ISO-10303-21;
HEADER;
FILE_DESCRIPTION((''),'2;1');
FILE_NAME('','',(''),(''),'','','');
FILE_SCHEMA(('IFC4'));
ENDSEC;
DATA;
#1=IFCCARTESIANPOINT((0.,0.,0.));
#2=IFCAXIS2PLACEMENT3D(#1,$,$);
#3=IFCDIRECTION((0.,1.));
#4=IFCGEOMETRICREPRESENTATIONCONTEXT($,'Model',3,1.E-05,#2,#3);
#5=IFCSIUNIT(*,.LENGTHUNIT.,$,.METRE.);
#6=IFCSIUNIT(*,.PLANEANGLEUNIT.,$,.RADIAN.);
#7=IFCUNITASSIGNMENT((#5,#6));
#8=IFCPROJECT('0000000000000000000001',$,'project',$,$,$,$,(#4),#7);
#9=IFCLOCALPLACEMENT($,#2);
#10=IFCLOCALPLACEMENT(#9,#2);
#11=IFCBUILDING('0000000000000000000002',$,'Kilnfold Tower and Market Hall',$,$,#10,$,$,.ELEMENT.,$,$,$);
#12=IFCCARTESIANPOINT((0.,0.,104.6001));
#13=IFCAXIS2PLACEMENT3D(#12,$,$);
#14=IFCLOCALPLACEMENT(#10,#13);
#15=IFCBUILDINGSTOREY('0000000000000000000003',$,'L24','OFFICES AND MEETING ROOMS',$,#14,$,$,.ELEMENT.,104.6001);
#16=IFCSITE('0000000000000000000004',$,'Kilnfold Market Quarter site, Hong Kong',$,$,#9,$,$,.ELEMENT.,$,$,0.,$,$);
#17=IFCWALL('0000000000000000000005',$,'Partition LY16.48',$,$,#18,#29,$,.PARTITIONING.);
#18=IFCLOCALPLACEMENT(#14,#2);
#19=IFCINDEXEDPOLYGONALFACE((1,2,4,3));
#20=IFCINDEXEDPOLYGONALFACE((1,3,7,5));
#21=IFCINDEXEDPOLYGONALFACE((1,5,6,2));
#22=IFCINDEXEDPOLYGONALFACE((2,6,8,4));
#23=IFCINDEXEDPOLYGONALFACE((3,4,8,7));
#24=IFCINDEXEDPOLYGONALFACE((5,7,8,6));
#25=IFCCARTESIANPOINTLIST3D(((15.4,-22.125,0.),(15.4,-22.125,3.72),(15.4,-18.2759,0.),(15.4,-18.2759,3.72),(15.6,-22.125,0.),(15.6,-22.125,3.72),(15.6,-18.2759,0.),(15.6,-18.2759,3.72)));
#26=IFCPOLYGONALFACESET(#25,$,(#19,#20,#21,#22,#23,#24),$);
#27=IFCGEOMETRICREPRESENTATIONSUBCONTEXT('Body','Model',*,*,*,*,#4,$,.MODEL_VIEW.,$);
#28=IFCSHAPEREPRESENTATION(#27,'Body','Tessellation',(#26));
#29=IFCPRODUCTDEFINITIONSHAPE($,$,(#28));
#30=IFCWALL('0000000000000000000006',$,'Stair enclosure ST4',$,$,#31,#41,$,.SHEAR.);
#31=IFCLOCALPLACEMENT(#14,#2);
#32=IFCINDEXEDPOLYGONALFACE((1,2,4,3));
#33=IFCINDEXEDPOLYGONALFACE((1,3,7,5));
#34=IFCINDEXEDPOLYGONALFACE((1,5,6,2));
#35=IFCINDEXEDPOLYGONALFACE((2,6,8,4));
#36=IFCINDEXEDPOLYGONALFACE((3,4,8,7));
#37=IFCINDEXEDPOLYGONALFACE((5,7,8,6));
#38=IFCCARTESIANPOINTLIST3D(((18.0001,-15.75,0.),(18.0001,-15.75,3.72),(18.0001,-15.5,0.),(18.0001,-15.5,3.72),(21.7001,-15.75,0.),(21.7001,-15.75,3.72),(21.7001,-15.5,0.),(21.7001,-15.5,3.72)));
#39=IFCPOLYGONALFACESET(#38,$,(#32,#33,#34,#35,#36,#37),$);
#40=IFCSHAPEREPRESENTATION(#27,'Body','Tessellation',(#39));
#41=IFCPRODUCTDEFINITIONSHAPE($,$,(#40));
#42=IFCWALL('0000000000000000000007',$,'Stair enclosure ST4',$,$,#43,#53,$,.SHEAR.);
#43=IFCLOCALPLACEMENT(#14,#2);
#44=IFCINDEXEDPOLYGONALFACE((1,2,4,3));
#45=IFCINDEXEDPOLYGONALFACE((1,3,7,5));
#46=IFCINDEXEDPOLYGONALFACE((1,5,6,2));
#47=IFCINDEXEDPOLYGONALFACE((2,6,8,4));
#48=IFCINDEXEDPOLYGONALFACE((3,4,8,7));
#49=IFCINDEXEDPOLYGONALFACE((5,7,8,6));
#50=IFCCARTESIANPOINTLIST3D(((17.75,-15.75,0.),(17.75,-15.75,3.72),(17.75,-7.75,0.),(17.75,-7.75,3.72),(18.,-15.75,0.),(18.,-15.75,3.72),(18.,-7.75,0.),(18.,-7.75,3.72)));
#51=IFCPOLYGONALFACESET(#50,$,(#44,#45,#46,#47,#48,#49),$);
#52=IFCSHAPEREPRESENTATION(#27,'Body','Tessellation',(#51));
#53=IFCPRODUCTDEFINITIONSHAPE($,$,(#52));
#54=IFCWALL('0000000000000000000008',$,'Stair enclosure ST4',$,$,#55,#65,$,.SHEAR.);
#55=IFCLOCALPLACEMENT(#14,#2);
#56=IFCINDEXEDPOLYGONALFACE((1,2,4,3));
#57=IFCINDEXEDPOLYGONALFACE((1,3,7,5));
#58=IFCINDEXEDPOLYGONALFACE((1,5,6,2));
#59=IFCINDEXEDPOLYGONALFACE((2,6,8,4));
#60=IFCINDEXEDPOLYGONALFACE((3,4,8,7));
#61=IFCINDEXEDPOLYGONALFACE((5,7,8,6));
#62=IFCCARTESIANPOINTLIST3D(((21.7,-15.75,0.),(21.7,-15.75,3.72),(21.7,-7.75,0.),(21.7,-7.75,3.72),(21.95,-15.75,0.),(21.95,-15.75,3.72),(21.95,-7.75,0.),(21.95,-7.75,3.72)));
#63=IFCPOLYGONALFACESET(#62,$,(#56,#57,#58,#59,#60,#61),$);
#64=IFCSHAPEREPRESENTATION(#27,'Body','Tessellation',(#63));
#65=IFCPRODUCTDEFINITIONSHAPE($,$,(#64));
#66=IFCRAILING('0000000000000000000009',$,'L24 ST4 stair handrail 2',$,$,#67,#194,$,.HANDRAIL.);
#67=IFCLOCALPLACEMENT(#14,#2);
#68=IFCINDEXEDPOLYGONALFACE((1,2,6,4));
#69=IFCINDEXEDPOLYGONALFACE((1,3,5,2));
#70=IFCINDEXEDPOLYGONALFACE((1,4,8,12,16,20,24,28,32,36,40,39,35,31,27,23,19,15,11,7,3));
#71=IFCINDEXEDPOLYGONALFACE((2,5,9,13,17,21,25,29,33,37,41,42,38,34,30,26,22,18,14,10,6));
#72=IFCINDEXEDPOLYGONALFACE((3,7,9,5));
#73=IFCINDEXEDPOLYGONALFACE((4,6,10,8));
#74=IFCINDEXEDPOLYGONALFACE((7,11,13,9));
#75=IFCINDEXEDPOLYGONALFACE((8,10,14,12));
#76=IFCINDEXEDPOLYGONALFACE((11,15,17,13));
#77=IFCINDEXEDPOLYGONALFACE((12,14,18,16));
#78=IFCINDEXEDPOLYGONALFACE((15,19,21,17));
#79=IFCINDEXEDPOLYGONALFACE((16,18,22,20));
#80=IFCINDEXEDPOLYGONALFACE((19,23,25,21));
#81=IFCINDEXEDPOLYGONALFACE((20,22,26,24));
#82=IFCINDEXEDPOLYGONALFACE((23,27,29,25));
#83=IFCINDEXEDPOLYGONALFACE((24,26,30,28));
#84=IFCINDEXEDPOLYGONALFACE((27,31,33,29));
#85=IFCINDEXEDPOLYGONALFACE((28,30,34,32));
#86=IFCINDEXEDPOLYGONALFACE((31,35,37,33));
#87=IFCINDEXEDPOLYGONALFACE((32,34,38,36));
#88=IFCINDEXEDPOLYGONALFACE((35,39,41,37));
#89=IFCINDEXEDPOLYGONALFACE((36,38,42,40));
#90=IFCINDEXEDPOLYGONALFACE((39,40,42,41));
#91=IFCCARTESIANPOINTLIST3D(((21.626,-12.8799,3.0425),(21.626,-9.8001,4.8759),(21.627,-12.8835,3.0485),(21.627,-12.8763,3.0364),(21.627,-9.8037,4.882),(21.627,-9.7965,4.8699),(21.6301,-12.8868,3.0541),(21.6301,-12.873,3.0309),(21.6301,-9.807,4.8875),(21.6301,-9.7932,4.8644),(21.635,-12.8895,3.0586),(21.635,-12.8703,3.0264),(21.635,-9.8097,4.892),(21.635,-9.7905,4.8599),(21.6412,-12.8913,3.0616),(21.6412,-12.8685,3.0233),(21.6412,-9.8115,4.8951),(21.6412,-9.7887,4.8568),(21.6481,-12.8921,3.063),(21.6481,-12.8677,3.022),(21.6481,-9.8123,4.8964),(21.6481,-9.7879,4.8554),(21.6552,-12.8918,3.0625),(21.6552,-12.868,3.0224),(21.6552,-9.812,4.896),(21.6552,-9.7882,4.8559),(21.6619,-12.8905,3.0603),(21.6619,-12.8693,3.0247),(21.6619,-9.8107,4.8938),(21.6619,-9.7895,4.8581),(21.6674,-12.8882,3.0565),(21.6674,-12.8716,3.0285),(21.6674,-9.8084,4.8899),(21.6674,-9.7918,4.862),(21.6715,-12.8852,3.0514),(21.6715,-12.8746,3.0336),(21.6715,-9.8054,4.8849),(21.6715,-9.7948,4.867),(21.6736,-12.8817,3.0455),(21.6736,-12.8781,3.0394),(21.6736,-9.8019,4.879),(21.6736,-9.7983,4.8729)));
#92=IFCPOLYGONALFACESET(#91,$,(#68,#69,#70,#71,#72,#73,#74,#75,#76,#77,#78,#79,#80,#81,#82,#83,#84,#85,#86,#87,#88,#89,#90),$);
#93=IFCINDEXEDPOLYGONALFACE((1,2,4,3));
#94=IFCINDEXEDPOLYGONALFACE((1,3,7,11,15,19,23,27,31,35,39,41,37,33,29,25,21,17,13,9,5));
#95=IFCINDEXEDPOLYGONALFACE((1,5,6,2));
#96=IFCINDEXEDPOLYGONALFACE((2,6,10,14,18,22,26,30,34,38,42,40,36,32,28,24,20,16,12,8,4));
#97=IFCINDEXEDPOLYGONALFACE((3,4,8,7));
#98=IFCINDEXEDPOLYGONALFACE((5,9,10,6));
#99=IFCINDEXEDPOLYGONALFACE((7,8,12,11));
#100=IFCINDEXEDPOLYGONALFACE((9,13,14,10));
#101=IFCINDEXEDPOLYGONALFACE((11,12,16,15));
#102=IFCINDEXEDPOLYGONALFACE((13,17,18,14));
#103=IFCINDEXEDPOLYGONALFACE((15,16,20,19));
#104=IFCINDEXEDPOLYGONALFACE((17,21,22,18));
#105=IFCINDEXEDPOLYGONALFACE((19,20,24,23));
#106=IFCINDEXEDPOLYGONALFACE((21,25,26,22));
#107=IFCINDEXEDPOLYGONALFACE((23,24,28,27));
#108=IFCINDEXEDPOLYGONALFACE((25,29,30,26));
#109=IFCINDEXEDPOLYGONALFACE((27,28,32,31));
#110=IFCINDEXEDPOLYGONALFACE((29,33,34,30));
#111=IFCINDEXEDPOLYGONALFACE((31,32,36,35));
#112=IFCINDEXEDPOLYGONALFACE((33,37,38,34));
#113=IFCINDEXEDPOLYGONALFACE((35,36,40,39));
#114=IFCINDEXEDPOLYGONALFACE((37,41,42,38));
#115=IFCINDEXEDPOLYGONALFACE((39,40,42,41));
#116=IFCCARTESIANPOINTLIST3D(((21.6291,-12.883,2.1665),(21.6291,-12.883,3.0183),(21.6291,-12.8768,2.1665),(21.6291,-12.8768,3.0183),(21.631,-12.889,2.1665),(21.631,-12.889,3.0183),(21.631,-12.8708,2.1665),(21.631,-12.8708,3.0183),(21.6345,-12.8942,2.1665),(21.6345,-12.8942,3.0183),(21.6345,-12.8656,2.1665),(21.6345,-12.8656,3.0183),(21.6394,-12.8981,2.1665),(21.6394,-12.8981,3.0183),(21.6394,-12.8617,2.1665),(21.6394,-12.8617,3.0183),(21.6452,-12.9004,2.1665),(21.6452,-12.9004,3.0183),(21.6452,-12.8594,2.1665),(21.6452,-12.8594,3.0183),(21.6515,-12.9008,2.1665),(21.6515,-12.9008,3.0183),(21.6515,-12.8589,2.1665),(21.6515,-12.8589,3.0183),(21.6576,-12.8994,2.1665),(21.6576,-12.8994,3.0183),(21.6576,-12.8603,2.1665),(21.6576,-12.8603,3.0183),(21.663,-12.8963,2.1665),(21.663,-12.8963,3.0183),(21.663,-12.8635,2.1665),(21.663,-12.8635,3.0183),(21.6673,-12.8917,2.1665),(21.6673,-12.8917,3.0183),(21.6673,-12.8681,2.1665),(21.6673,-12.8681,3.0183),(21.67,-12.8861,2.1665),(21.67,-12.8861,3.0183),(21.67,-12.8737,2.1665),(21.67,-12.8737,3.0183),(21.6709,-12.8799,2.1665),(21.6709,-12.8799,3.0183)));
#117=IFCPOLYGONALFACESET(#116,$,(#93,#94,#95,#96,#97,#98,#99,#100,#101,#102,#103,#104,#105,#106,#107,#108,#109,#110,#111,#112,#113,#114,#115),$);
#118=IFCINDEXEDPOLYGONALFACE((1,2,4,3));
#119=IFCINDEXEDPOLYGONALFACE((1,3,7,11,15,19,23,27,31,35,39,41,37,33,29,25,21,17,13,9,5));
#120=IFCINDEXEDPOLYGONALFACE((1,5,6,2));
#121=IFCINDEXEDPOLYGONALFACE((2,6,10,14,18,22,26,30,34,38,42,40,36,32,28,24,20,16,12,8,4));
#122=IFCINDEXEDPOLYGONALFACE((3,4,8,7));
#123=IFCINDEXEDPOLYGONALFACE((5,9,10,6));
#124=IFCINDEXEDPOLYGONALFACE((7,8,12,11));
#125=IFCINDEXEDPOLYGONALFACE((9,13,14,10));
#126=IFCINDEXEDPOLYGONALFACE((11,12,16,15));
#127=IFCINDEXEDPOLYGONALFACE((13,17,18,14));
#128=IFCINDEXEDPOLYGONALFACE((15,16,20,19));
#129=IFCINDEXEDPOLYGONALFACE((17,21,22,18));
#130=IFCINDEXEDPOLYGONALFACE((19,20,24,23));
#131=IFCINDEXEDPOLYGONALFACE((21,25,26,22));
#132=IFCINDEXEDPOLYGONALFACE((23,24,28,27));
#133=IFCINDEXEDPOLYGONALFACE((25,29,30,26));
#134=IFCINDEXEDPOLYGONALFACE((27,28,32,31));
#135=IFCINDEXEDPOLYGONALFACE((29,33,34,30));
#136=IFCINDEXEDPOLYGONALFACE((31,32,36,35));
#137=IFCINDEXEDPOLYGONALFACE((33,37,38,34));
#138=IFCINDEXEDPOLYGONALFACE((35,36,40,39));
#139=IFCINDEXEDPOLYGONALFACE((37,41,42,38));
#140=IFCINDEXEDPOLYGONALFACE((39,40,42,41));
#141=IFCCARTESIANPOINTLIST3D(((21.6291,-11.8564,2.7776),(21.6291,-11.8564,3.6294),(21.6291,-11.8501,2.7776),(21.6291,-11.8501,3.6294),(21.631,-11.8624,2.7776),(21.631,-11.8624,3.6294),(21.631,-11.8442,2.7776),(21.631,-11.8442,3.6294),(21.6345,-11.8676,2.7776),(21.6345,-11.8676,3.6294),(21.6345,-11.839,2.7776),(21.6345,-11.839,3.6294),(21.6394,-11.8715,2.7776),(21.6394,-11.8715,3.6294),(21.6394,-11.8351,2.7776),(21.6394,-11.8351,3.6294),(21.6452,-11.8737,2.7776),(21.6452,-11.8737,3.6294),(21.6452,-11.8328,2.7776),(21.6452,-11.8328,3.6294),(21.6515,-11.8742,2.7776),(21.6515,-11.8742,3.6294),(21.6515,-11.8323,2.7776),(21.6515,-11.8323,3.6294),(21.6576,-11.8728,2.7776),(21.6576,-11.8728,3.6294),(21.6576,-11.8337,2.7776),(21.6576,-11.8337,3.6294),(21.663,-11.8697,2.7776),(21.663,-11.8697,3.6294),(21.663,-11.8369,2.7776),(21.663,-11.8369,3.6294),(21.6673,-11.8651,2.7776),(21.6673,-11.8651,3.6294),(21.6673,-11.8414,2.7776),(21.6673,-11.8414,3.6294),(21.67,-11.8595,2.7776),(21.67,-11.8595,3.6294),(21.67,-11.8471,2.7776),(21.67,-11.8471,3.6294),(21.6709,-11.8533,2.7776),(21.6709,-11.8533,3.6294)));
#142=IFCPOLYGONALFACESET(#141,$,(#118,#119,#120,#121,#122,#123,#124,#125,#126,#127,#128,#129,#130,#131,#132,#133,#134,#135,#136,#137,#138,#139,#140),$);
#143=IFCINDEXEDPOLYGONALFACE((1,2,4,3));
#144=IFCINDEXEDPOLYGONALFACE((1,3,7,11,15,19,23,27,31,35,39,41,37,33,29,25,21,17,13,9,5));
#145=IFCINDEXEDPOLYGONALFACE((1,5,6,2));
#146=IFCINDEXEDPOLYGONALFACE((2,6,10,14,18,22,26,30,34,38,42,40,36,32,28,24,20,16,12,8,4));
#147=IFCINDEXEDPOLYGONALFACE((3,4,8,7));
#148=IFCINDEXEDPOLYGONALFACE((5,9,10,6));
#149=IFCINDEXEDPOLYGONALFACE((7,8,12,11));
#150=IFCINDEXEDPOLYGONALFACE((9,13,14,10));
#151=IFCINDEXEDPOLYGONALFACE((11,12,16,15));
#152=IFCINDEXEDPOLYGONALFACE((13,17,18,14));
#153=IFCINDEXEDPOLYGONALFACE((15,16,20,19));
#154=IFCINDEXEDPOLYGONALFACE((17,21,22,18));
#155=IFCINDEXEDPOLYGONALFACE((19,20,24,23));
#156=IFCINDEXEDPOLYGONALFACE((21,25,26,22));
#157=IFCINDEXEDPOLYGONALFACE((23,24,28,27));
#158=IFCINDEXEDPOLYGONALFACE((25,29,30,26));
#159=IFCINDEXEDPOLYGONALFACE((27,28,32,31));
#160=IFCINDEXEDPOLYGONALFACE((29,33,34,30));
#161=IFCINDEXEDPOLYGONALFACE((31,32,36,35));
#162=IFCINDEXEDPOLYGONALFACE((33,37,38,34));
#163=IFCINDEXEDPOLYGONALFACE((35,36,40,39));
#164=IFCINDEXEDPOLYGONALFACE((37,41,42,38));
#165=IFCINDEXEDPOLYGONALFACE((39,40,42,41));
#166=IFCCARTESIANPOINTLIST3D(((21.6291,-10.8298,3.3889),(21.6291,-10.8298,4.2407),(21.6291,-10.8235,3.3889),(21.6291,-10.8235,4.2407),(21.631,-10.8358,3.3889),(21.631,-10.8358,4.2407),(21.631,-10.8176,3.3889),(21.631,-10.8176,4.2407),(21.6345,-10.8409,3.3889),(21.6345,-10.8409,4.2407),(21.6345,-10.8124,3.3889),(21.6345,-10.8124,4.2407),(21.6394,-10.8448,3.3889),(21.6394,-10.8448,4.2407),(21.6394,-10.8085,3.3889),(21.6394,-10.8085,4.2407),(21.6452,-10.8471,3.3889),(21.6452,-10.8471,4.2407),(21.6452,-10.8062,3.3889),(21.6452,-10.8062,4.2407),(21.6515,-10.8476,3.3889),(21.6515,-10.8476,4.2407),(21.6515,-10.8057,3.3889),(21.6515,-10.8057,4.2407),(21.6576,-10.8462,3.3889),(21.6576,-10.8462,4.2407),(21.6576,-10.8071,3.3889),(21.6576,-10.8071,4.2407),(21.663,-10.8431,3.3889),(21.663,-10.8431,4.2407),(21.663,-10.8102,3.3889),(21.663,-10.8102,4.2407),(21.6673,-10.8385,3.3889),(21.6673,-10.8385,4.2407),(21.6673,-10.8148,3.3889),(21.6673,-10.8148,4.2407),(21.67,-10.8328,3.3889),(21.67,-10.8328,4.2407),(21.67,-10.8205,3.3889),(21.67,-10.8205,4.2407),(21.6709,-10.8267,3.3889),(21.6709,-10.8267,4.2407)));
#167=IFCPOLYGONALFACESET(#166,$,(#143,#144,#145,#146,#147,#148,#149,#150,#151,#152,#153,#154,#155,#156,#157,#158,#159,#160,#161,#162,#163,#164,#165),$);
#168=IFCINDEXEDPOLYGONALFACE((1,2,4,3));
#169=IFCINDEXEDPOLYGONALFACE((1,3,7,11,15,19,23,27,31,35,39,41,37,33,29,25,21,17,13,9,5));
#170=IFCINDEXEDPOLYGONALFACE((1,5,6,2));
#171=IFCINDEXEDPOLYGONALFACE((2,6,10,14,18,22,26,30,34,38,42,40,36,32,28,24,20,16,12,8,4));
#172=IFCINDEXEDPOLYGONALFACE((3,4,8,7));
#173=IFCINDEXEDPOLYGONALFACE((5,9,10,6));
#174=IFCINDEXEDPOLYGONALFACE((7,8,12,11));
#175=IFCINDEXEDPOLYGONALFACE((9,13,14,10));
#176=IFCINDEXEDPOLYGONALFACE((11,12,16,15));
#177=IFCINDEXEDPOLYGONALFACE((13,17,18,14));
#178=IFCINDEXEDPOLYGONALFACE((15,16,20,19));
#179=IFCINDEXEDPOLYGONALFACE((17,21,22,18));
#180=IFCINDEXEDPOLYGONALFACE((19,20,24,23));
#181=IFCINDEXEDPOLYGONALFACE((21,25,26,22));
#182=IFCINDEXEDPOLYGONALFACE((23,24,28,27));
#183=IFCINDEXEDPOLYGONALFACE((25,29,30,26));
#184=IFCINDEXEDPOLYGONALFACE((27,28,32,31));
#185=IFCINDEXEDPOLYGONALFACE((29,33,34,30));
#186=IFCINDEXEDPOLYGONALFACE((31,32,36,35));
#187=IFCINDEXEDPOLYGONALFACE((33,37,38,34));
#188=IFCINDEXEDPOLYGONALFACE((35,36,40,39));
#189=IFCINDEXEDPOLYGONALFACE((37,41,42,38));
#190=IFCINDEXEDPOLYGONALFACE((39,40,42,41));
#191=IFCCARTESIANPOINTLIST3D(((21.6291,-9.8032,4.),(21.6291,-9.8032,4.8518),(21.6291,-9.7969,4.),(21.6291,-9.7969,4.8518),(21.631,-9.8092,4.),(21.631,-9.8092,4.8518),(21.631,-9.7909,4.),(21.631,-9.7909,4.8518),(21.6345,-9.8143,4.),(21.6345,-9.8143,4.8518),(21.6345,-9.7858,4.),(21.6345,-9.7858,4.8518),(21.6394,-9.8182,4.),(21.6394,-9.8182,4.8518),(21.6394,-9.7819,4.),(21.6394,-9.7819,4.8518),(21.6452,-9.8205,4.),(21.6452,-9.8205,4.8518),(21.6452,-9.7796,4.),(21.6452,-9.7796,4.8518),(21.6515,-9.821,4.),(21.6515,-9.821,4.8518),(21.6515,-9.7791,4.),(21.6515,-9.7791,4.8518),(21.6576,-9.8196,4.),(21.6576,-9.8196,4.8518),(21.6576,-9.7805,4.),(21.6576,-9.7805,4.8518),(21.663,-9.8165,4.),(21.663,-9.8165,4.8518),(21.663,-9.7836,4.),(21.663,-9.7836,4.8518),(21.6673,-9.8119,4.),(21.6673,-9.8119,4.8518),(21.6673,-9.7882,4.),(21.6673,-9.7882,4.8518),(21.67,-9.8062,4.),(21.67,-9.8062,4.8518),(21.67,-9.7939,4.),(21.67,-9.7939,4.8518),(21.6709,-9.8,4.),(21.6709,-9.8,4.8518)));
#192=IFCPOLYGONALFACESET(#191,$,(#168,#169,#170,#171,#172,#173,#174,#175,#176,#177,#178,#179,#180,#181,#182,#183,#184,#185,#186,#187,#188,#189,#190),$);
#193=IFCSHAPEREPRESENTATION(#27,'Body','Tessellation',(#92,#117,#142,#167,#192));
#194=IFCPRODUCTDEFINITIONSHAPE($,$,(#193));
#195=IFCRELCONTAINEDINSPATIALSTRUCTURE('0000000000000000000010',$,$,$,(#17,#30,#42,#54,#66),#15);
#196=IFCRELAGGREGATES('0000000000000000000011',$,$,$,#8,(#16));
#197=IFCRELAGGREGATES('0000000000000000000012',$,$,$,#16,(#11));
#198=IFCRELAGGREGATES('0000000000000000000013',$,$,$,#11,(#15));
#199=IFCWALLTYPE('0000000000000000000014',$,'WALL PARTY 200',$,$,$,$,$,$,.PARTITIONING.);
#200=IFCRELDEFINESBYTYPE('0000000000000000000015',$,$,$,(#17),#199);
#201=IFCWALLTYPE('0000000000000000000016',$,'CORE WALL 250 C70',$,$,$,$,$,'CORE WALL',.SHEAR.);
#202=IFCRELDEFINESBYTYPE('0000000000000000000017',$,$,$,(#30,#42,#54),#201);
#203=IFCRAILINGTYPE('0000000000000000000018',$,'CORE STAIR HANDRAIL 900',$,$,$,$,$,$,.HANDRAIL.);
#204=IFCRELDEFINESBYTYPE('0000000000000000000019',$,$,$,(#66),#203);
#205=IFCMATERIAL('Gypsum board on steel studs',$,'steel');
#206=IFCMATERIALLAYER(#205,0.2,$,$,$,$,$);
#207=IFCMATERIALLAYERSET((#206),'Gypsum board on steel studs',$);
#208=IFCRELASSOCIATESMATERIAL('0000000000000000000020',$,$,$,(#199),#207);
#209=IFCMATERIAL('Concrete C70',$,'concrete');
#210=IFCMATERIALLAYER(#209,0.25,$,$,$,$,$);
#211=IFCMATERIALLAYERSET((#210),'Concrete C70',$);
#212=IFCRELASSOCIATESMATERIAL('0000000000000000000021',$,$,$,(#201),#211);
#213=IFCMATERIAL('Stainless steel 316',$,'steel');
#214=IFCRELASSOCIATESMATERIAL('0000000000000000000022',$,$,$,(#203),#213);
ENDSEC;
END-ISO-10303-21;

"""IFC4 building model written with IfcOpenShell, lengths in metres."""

from ifc_helpers import new_model, si_unit, direction, frame, frame_2d, origin, origin_2d, place, context, subcontext, project, spatial, rectangle, circle, extrude, source, transform, mapped, material, layer, layer_set, type_object, element, save


model = new_model("IFC4")

# Units and contexts
model_context = context("Model", 3, precision=1e-05, world=origin(), true_north=direction((0.0, 1.0)))
body_context = subcontext(model_context, "Body", "Model", "MODEL_VIEW")
ifc_project = project(units=[si_unit("LENGTHUNIT", "METRE"), si_unit("PLANEANGLEUNIT", "RADIAN")], contexts=[model_context])

# Site, building, storey
site_placement = place(None, origin())
site = spatial("IfcSite", under=ifc_project, at=site_placement, Name="Kilnfold Market Quarter site, Hong Kong", CompositionType="ELEMENT", RefElevation=0.0)
building_placement = place(site_placement, origin())
building = spatial("IfcBuilding", under=site, at=building_placement, Name="Kilnfold Tower and Market Hall", CompositionType="ELEMENT")
storey_placement = place(building_placement, frame((0.0, 0.0, 104.6001)))
storey = spatial("IfcBuildingStorey", under=building, at=storey_placement, Name="L24", Description="OFFICES AND MEETING ROOMS", CompositionType="ELEMENT", Elevation=104.6001)

# Walls
ifc_material_1 = material(Name="Gypsum board on steel studs", Category="steel")
ifc_layer_1 = layer(ifc_material_1, 0.2)
ifc_layer_set_1 = layer_set([ifc_layer_1], Name="Gypsum board on steel studs")
wall_type_1 = type_object("IfcWallType", Name="WALL PARTY 200", PredefinedType="PARTITIONING", material=ifc_layer_set_1)
wall_1_placement = place(storey_placement, frame((15.5, -22.125, 0.0), z_axis=(0.0, 0.0, 1.0), x_axis=(0.0, 1.0, 0.0)))
element("IfcWall", 1, at=wall_1_placement, inside=storey, type_object=wall_type_1, Name="Partition LY16.48", PredefinedType="PARTITIONING", context=body_context, shape_type="SweptSolid", body=[
    extrude(rectangle(XDim=3.8491, YDim=0.2, at=frame_2d((1.9246, 0.0))), origin(), (0.0, 0.0, 1.0), 3.72),
])
ifc_material_2 = material(Name="Concrete C70", Category="concrete")
ifc_layer_2 = layer(ifc_material_2, 0.25)
ifc_layer_set_2 = layer_set([ifc_layer_2], Name="Concrete C70")
wall_type_2 = type_object("IfcWallType", Name="CORE WALL 250 C70", ElementType="CORE WALL", PredefinedType="SHEAR", material=ifc_layer_set_2)
shared_shape_1 = source(origin(), body_context, "Body", "SweptSolid", [
    extrude(rectangle(XDim=3.7, YDim=0.25, at=frame_2d((1.8501, 0.0))), origin(), (0.0, 0.0, 1.0), 3.72),
])
wall_2_placement = place(storey_placement, frame((18.0, -15.625, 0.0), z_axis=(0.0, 0.0, 1.0), x_axis=(1.0, 0.0, 0.0)))
element("IfcWall", 2, at=wall_2_placement, inside=storey, type_object=wall_type_2, Name="Stair enclosure ST4", PredefinedType="SHEAR", context=body_context, shape_type="MappedRepresentation", body=[
    mapped(shared_shape_1, transform((0.0, 0.0, 0.0))),
])
shared_shape_2 = source(origin(), body_context, "Body", "SweptSolid", [
    extrude(rectangle(XDim=8.0, YDim=0.25, at=frame_2d((4.0, 0.0))), origin(), (0.0, 0.0, 1.0), 3.72),
])
for number, where, z_axis, x_axis, name in (
    (3, (17.875, -15.75, 0.0), (0.0, 0.0, 1.0), (0.0, 1.0, 0.0), "Stair enclosure ST4"),
    (4, (21.825, -15.75, 0.0), (0.0, 0.0, 1.0), (0.0, 1.0, 0.0), "Stair enclosure ST4"),
):
    element("IfcWall", number, at=place(storey_placement, frame(where, z_axis=z_axis, x_axis=x_axis)), inside=storey, type_object=wall_type_2, Name=name, PredefinedType="SHEAR", context=body_context, shape_type="MappedRepresentation", body=[
        mapped(shared_shape_2, transform((0.0, 0.0, 0.0))),
    ])

# Railing
ifc_material_3 = material(Name="Stainless steel 316", Category="steel")
railing_type = type_object("IfcRailingType", Name="CORE STAIR HANDRAIL 900", PredefinedType="HANDRAIL", material=ifc_material_3)
railing_placement = place(storey_placement, frame((21.6499, -12.8799, 2.1665)))
element("IfcRailing", 5, at=railing_placement, inside=storey, type_object=railing_type, Name="L24 ST4 stair handrail 2", PredefinedType="HANDRAIL", context=body_context, shape_type="SweptSolid", body=[
    extrude(circle(Radius=0.0239, at=origin_2d()), frame((0.0, 0.0, 0.876), z_axis=(0.0, 0.859261, 0.511538), x_axis=(-1.0, 0.0, 0.0)), (0.0, 0.0, 1.0), 3.5842),
    extrude(circle(Radius=0.021, at=origin_2d()), origin(), (0.0, 0.0, 1.0), 0.8518),
    extrude(circle(Radius=0.021, at=origin_2d()), frame((0.0, 1.0266, 0.6111)), (0.0, 0.0, 1.0), 0.8518),
    extrude(circle(Radius=0.021, at=origin_2d()), frame((0.0, 2.0532, 1.2224)), (0.0, 0.0, 1.0), 0.8518),
    extrude(circle(Radius=0.021, at=origin_2d()), frame((0.0, 3.0798, 1.8335)), (0.0, 0.0, 1.0), 0.8518),
])

save(model, "model.ifc")
